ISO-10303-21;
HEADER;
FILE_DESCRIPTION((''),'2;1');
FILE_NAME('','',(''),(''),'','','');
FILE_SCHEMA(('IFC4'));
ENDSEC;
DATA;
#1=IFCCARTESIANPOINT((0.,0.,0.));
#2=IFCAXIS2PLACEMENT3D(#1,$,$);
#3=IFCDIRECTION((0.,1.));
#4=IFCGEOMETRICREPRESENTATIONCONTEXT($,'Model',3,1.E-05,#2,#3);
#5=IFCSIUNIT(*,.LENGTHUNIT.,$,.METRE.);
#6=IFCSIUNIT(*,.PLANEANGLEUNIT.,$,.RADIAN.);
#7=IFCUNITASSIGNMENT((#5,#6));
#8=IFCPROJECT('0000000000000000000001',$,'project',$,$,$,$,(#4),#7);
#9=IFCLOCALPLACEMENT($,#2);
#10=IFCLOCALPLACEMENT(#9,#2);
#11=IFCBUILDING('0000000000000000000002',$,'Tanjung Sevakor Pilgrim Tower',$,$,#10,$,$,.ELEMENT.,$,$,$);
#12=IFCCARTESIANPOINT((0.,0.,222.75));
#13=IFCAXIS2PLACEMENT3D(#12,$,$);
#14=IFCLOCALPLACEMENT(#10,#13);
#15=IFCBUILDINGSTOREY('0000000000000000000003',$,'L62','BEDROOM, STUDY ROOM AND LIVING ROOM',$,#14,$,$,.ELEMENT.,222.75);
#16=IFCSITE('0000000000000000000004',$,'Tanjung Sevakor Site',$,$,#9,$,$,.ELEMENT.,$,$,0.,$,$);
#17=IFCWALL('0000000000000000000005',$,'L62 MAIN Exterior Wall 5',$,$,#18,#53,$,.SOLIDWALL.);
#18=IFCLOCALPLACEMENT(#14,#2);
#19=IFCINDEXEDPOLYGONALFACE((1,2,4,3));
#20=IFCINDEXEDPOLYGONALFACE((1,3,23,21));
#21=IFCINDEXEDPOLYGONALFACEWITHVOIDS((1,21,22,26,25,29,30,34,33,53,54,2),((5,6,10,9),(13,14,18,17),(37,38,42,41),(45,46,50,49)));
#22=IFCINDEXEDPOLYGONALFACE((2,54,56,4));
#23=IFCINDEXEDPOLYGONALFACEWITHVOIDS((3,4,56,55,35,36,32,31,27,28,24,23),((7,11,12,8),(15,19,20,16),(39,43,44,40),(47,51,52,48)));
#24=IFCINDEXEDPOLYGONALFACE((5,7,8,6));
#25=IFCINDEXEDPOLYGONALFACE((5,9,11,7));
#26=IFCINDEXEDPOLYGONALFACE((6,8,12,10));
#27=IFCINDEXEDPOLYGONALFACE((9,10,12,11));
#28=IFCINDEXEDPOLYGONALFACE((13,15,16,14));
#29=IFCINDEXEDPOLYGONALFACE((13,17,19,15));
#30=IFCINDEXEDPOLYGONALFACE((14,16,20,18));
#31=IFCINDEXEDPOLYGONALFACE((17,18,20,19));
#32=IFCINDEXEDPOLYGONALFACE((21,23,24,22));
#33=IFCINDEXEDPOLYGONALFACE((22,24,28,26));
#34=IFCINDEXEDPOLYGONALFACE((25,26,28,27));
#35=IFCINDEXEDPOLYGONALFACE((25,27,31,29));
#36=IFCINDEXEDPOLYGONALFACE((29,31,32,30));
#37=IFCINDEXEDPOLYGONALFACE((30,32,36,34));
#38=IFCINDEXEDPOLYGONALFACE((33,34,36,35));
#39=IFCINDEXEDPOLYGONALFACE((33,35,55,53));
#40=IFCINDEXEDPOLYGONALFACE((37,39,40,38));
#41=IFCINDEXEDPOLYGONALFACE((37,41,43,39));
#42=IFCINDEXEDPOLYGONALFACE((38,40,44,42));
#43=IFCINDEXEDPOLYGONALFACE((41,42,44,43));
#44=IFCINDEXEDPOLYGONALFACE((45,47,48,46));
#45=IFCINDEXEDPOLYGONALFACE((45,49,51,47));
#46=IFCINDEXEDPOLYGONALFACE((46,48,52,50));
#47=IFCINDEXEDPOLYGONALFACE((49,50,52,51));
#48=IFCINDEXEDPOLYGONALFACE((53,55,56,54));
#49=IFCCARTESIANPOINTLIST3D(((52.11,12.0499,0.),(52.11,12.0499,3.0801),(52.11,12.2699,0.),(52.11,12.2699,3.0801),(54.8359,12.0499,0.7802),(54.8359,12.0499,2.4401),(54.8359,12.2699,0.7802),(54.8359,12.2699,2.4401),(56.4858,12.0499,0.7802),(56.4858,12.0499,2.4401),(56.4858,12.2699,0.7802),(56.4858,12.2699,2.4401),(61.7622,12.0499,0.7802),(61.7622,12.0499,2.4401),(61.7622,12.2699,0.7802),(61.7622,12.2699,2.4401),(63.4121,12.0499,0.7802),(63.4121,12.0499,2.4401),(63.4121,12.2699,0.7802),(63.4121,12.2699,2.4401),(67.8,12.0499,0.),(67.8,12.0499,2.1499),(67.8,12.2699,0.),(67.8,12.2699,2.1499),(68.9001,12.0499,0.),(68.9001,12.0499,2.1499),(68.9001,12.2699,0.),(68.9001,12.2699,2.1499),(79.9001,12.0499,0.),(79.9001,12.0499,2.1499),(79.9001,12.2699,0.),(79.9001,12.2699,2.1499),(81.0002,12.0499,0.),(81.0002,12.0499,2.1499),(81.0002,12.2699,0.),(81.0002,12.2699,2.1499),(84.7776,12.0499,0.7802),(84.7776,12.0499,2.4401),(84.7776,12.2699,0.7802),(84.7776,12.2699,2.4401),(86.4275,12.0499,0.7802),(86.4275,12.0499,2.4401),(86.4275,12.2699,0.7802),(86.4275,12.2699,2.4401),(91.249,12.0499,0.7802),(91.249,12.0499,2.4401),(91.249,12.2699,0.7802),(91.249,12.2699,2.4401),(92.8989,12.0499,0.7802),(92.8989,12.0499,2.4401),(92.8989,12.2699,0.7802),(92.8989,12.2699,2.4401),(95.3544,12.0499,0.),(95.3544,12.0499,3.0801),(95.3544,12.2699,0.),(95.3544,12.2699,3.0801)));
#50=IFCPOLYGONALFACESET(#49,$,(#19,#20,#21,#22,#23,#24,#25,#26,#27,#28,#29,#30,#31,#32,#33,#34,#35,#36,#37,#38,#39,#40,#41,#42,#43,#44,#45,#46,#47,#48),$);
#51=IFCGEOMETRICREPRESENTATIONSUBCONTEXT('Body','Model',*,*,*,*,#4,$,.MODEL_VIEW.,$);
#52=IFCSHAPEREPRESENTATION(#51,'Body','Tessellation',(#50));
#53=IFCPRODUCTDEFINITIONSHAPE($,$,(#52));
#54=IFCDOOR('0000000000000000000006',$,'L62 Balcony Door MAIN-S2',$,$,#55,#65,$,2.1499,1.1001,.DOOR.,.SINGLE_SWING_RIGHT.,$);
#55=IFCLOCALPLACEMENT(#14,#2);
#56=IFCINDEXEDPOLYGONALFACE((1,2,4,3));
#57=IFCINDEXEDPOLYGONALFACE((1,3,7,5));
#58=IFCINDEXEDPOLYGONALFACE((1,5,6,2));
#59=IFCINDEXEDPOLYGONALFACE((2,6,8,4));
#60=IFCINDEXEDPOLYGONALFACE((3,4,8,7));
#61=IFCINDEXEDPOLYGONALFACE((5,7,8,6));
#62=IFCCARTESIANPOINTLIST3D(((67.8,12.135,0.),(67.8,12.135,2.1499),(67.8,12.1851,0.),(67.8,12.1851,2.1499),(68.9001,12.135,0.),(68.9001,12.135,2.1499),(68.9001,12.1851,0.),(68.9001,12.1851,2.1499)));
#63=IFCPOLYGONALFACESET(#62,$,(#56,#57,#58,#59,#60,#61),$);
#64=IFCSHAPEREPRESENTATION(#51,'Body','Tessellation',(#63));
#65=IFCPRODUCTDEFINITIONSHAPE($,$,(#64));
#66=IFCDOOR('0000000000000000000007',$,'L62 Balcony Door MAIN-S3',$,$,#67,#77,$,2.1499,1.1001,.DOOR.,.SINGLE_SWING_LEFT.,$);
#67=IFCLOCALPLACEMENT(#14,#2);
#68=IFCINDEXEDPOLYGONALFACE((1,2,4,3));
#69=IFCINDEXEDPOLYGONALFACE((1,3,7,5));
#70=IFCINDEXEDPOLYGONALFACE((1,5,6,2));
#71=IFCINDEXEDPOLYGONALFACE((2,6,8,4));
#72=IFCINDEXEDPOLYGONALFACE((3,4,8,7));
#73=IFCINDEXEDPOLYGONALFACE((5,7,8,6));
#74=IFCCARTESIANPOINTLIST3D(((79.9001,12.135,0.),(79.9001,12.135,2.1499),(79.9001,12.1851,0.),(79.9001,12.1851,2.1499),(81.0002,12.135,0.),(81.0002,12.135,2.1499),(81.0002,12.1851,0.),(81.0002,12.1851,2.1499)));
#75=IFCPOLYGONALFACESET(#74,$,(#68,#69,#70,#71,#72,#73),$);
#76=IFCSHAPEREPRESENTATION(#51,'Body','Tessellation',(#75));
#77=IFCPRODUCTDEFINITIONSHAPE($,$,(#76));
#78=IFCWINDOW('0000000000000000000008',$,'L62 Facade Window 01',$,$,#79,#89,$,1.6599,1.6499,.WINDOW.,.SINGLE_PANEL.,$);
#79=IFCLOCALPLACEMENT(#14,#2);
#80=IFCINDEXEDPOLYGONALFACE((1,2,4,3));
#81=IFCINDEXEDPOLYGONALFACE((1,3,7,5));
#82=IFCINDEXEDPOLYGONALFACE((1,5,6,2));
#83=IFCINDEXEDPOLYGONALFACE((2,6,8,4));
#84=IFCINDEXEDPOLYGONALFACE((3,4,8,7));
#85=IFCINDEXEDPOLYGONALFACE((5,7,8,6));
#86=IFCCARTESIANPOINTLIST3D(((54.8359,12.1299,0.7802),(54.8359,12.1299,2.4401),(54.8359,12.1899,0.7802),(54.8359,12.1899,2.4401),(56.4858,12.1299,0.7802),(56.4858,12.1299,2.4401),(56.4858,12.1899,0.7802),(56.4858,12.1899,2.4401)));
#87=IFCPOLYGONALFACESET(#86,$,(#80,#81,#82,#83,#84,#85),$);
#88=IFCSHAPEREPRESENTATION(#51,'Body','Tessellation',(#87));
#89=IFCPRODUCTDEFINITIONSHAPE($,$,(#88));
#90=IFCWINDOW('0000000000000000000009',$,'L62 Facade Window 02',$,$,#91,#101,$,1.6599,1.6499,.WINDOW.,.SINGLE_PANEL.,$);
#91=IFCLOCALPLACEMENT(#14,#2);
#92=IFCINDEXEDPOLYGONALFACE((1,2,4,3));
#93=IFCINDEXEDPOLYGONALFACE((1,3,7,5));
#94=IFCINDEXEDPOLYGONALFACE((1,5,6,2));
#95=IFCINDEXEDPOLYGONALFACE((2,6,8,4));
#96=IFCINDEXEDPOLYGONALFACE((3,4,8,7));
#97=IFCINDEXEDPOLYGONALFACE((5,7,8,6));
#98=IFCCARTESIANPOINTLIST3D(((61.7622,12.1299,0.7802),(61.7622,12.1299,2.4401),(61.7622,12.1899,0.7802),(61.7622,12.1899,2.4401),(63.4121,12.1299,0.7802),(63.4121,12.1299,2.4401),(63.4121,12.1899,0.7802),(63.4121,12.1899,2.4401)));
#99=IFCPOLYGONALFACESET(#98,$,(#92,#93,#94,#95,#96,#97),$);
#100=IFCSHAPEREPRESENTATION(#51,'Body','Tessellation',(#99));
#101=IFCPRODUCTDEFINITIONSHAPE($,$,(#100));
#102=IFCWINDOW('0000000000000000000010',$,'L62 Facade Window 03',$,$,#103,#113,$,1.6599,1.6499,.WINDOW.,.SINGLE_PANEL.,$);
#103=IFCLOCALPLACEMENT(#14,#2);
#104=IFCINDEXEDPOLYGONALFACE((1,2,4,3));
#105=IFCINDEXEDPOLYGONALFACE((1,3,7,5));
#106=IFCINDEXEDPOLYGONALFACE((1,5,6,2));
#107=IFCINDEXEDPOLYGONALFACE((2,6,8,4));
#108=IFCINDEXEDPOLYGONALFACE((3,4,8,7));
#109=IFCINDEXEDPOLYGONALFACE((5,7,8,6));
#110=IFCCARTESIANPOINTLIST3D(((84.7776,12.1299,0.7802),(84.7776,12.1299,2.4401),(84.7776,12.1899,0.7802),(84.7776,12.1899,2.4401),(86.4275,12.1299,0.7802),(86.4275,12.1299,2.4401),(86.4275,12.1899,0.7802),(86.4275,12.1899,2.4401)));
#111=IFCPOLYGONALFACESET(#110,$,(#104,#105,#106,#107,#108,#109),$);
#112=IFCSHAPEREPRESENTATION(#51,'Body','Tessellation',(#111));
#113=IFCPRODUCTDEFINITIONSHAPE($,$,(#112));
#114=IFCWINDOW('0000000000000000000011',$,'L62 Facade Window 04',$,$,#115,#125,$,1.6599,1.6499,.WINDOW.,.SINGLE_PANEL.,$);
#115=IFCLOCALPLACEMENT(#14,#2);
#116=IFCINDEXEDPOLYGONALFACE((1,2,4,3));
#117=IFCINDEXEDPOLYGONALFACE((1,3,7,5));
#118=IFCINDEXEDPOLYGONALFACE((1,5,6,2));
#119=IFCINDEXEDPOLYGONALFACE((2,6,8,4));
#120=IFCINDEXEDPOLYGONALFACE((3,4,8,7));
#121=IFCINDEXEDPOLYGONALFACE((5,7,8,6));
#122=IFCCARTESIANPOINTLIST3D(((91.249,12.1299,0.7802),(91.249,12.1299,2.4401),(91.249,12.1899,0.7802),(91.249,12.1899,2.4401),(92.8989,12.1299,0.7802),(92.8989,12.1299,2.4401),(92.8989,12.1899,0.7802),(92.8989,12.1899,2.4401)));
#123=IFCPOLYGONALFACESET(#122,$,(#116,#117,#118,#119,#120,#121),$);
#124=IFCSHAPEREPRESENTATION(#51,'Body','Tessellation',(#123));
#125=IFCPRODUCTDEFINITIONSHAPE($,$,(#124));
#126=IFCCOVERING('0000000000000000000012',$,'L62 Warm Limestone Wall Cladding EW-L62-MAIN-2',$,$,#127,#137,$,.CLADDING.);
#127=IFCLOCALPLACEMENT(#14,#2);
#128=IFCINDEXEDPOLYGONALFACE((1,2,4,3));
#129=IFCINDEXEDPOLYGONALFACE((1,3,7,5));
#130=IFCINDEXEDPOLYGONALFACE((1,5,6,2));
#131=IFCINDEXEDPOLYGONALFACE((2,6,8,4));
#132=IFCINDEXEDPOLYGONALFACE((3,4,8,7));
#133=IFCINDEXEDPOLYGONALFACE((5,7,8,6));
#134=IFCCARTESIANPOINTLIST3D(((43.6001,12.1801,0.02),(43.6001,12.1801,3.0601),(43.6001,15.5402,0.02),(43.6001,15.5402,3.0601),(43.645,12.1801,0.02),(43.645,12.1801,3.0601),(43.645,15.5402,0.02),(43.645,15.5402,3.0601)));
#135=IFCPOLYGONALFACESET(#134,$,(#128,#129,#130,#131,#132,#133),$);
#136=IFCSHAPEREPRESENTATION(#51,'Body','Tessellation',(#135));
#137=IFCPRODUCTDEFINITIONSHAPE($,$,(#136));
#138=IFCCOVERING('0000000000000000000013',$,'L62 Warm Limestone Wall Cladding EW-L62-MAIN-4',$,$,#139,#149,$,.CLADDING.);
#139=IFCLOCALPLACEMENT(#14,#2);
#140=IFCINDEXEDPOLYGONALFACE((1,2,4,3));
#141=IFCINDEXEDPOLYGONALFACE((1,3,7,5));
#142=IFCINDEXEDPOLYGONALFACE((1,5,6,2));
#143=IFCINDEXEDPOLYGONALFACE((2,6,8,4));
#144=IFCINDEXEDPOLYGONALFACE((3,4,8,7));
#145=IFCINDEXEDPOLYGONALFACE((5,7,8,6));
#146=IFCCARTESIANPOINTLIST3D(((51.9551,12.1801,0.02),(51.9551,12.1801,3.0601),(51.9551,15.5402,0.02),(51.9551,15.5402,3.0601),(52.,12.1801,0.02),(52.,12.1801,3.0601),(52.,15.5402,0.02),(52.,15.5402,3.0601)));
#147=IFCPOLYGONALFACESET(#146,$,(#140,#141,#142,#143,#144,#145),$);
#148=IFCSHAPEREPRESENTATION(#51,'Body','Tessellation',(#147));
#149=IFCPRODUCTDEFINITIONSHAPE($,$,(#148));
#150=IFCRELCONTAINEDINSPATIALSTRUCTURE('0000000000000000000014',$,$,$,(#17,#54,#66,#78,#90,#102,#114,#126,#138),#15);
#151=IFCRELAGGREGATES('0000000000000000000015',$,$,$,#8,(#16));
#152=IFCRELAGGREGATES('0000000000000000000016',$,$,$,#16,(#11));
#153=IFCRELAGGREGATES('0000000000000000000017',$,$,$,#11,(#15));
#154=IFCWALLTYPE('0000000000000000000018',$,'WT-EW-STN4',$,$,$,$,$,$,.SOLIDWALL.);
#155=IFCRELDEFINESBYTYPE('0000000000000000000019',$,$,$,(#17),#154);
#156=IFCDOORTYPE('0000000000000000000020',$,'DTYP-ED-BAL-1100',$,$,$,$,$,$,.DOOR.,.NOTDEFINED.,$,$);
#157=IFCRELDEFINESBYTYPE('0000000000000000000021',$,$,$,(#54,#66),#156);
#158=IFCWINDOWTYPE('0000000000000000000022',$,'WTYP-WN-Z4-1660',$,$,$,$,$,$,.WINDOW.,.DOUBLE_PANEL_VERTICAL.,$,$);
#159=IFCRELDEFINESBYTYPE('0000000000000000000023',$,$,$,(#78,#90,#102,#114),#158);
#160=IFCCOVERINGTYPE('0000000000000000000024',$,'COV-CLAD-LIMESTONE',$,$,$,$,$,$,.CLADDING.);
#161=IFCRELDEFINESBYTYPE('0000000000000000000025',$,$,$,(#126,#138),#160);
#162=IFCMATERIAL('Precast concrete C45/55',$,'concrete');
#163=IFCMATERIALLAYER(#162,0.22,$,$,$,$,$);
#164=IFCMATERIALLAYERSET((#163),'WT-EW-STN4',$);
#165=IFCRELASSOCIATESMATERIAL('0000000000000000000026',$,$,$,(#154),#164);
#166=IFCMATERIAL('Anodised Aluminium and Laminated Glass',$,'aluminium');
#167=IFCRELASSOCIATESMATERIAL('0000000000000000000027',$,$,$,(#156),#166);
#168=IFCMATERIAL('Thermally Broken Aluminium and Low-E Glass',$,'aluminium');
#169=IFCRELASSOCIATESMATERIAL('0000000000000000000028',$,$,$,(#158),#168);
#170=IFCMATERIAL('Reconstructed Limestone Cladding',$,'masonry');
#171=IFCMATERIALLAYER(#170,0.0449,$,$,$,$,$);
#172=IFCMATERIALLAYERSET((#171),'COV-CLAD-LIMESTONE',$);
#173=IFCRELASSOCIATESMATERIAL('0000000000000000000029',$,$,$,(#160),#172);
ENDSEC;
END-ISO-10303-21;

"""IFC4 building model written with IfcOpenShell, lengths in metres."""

from ifc_helpers import new_model, si_unit, direction, frame, frame_2d, origin, origin_2d, place, context, subcontext, project, spatial, rectangle, extrude, material, layer, layer_set, type_object, element, fill, save


model = new_model("IFC4")

# Units and contexts
model_context = context("Model", 3, precision=1e-05, world=origin(), true_north=direction((0.0, 1.0)))
body_context = subcontext(model_context, "Body", "Model", "MODEL_VIEW")
ifc_project = project(units=[si_unit("LENGTHUNIT", "METRE"), si_unit("PLANEANGLEUNIT", "RADIAN")], contexts=[model_context])

# Site, building, storey
site_placement = place(None, origin())
site = spatial("IfcSite", under=ifc_project, at=site_placement, Name="Tanjung Sevakor Site", CompositionType="ELEMENT", RefElevation=0.0)
building_placement = place(site_placement, origin())
building = spatial("IfcBuilding", under=site, at=building_placement, Name="Tanjung Sevakor Pilgrim Tower", CompositionType="ELEMENT")
storey_placement = place(building_placement, frame((0.0, 0.0, 222.75)))
storey = spatial("IfcBuildingStorey", under=building, at=storey_placement, Name="L62", Description="BEDROOM, STUDY ROOM AND LIVING ROOM", CompositionType="ELEMENT", Elevation=222.75)

# Shared definitions
ifc_material_1 = material(Name="Precast concrete C45/55", Category="concrete")
ifc_layer_1 = layer(ifc_material_1, 0.22)
ifc_layer_set_1 = layer_set([ifc_layer_1], Name="WT-EW-STN4")
wall_type_1 = type_object("IfcWallType", Name="WT-EW-STN4", PredefinedType="SOLIDWALL", material=ifc_layer_set_1)

# Wall, openings, doors, windows
wall_1_placement = place(storey_placement, frame((52.1101, 12.1599, 0.0), z_axis=(0.0, 0.0, 1.0), x_axis=(1.0, 0.0, 0.0)))
wall_1 = element("IfcWall", 1, at=wall_1_placement, inside=storey, type_object=wall_type_1, Name="L62 MAIN Exterior Wall 5", PredefinedType="SOLIDWALL", context=body_context, shape_type="SweptSolid", body=[
    extrude(rectangle(XDim=43.2444, YDim=0.22, at=frame_2d((21.6221, 0.0))), origin(), (0.0, 0.0, 1.0), 3.0801),
])
opening_1_placement = place(wall_1_placement, frame((15.6899, 0.0, 0.0)))
opening_1 = element("IfcOpeningElement", 2, at=opening_1_placement, cuts=wall_1, PredefinedType="OPENING", context=body_context, shape_type="SweptSolid", body=[
    extrude(rectangle(XDim=1.1001, YDim=2.1499, at=frame_2d((0.55, 1.075))), frame((0.0, 0.1199, 0.0), z_axis=(0.0, -1.0, 0.0), x_axis=(1.0, 0.0, 0.0)), (0.0, 0.0, 1.0), 0.24),
])
opening_2_placement = place(wall_1_placement, frame((27.79, 0.0, 0.0)))
opening_2 = element("IfcOpeningElement", 3, at=opening_2_placement, cuts=wall_1, PredefinedType="OPENING", context=body_context, shape_type="SweptSolid", body=[
    extrude(rectangle(XDim=1.1001, YDim=2.1499, at=frame_2d((0.55, 1.075))), frame((0.0, 0.1199, 0.0), z_axis=(0.0, -1.0, 0.0), x_axis=(1.0, 0.0, 0.0)), (0.0, 0.0, 1.0), 0.24),
])
opening_3_placement = place(wall_1_placement, frame((2.7258, 0.0, 0.78)))
opening_3 = element("IfcOpeningElement", 4, at=opening_3_placement, cuts=wall_1, PredefinedType="OPENING", context=body_context, shape_type="SweptSolid", body=[
    extrude(rectangle(XDim=1.6499, YDim=1.6599, at=frame_2d((0.825, 0.8301))), frame((0.0, 0.1199, 0.0), z_axis=(0.0, -1.0, 0.0), x_axis=(1.0, 0.0, 0.0)), (0.0, 0.0, 1.0), 0.24),
])
opening_4_placement = place(wall_1_placement, frame((9.6521, 0.0, 0.78)))
opening_4 = element("IfcOpeningElement", 5, at=opening_4_placement, cuts=wall_1, PredefinedType="OPENING", context=body_context, shape_type="SweptSolid", body=[
    extrude(rectangle(XDim=1.6499, YDim=1.6599, at=frame_2d((0.825, 0.8301))), frame((0.0, 0.1199, 0.0), z_axis=(0.0, -1.0, 0.0), x_axis=(1.0, 0.0, 0.0)), (0.0, 0.0, 1.0), 0.24),
])
opening_5_placement = place(wall_1_placement, frame((32.6675, 0.0, 0.78)))
opening_5 = element("IfcOpeningElement", 6, at=opening_5_placement, cuts=wall_1, PredefinedType="OPENING", context=body_context, shape_type="SweptSolid", body=[
    extrude(rectangle(XDim=1.6499, YDim=1.6599, at=frame_2d((0.825, 0.8301))), frame((0.0, 0.1199, 0.0), z_axis=(0.0, -1.0, 0.0), x_axis=(1.0, 0.0, 0.0)), (0.0, 0.0, 1.0), 0.24),
])
opening_6_placement = place(wall_1_placement, frame((39.1389, 0.0, 0.78)))
opening_6 = element("IfcOpeningElement", 7, at=opening_6_placement, cuts=wall_1, PredefinedType="OPENING", context=body_context, shape_type="SweptSolid", body=[
    extrude(rectangle(XDim=1.6499, YDim=1.6599, at=frame_2d((0.825, 0.8301))), frame((0.0, 0.1199, 0.0), z_axis=(0.0, -1.0, 0.0), x_axis=(1.0, 0.0, 0.0)), (0.0, 0.0, 1.0), 0.24),
])
ifc_material_2 = material(Name="Anodised Aluminium and Laminated Glass", Category="aluminium")
door_type = type_object("IfcDoorType", Name="DTYP-ED-BAL-1100", OperationType="NOTDEFINED", PredefinedType="DOOR", material=ifc_material_2)
door_1_placement = place(opening_1_placement, frame((1.1001, 0.0, 0.0), z_axis=(0.0, 0.0, 1.0), x_axis=(-1.0, 0.0, 0.0)))
door_1 = element("IfcDoor", 8, at=door_1_placement, inside=storey, type_object=door_type, Name="L62 Balcony Door MAIN-S2", OperationType="SINGLE_SWING_RIGHT", OverallHeight=2.1499, OverallWidth=1.1001, PredefinedType="DOOR", context=body_context, shape_type="SweptSolid", body=[
    extrude(rectangle(XDim=1.1001, YDim=2.1499, at=frame_2d((0.55, 1.075))), frame((0.0, 0.0249, 0.0), z_axis=(0.0, -1.0, 0.0), x_axis=(1.0, 0.0, 0.0)), (0.0, 0.0, 1.0), 0.05),
])
fill(opening_1, door_1)
door_2_placement = place(opening_2_placement, frame((1.1001, 0.0, 0.0), z_axis=(0.0, 0.0, 1.0), x_axis=(-1.0, 0.0, 0.0)))
door_2 = element("IfcDoor", 9, at=door_2_placement, inside=storey, type_object=door_type, Name="L62 Balcony Door MAIN-S3", OperationType="SINGLE_SWING_LEFT", OverallHeight=2.1499, OverallWidth=1.1001, PredefinedType="DOOR", context=body_context, shape_type="SweptSolid", body=[
    extrude(rectangle(XDim=1.1001, YDim=2.1499, at=frame_2d((0.55, 1.075))), frame((0.0, 0.0249, 0.0), z_axis=(0.0, -1.0, 0.0), x_axis=(1.0, 0.0, 0.0)), (0.0, 0.0, 1.0), 0.05),
])
fill(opening_2, door_2)
ifc_material_3 = material(Name="Thermally Broken Aluminium and Low-E Glass", Category="aluminium")
window_type = type_object("IfcWindowType", Name="WTYP-WN-Z4-1660", PartitioningType="DOUBLE_PANEL_VERTICAL", PredefinedType="WINDOW", material=ifc_material_3)
window_1_placement = place(opening_3_placement, origin())
window_1 = element("IfcWindow", 10, at=window_1_placement, inside=storey, type_object=window_type, Name="L62 Facade Window 01", OverallHeight=1.6599, OverallWidth=1.6499, PartitioningType="SINGLE_PANEL", PredefinedType="WINDOW", context=body_context, shape_type="SweptSolid", body=[
    extrude(rectangle(XDim=1.6499, YDim=1.6599, at=frame_2d((0.825, 0.8301))), frame((0.0, 0.03, 0.0), z_axis=(0.0, -1.0, 0.0), x_axis=(1.0, 0.0, 0.0)), (0.0, 0.0, 1.0), 0.0601),
])
fill(opening_3, window_1)
window_2_placement = place(opening_4_placement, origin())
window_2 = element("IfcWindow", 11, at=window_2_placement, inside=storey, type_object=window_type, Name="L62 Facade Window 02", OverallHeight=1.6599, OverallWidth=1.6499, PartitioningType="SINGLE_PANEL", PredefinedType="WINDOW", context=body_context, shape_type="SweptSolid", body=[
    extrude(rectangle(XDim=1.6499, YDim=1.6599, at=frame_2d((0.825, 0.8301))), frame((0.0, 0.03, 0.0), z_axis=(0.0, -1.0, 0.0), x_axis=(1.0, 0.0, 0.0)), (0.0, 0.0, 1.0), 0.0601),
])
fill(opening_4, window_2)
window_3_placement = place(opening_5_placement, origin())
window_3 = element("IfcWindow", 12, at=window_3_placement, inside=storey, type_object=window_type, Name="L62 Facade Window 03", OverallHeight=1.6599, OverallWidth=1.6499, PartitioningType="SINGLE_PANEL", PredefinedType="WINDOW", context=body_context, shape_type="SweptSolid", body=[
    extrude(rectangle(XDim=1.6499, YDim=1.6599, at=frame_2d((0.825, 0.8301))), frame((0.0, 0.03, 0.0), z_axis=(0.0, -1.0, 0.0), x_axis=(1.0, 0.0, 0.0)), (0.0, 0.0, 1.0), 0.0601),
])
fill(opening_5, window_3)
window_4_placement = place(opening_6_placement, origin())
window_4 = element("IfcWindow", 13, at=window_4_placement, inside=storey, type_object=window_type, Name="L62 Facade Window 04", OverallHeight=1.6599, OverallWidth=1.6499, PartitioningType="SINGLE_PANEL", PredefinedType="WINDOW", context=body_context, shape_type="SweptSolid", body=[
    extrude(rectangle(XDim=1.6499, YDim=1.6599, at=frame_2d((0.825, 0.8301))), frame((0.0, 0.03, 0.0), z_axis=(0.0, -1.0, 0.0), x_axis=(1.0, 0.0, 0.0)), (0.0, 0.0, 1.0), 0.0601),
])
fill(opening_6, window_4)

# Coverings
ifc_material_4 = material(Name="Reconstructed Limestone Cladding", Category="masonry")
ifc_layer_2 = layer(ifc_material_4, 0.0449)
ifc_layer_set_2 = layer_set([ifc_layer_2], Name="COV-CLAD-LIMESTONE")
covering_type = type_object("IfcCoveringType", Name="COV-CLAD-LIMESTONE", PredefinedType="CLADDING", material=ifc_layer_set_2)
for number, where, z_axis, x_axis, name in (
    (14, (43.6226, 13.8601, 0.02), (0.0, 0.0, 1.0), (0.0, 1.0, 0.0), "L62 Warm Limestone Wall Cladding EW-L62-MAIN-2"),
    (15, (51.9775, 13.8601, 0.02), (0.0, 0.0, 1.0), (0.0, -1.0, 0.0), "L62 Warm Limestone Wall Cladding EW-L62-MAIN-4"),
):
    element("IfcCovering", number, at=place(storey_placement, frame(where, z_axis=z_axis, x_axis=x_axis)), inside=storey, type_object=covering_type, Name=name, PredefinedType="CLADDING", context=body_context, shape_type="SweptSolid", body=[
        extrude(rectangle(XDim=3.3601, YDim=0.0449, at=origin_2d()), origin(), (0.0, 0.0, 1.0), 3.04),
    ])

save(model, "model.ifc")
